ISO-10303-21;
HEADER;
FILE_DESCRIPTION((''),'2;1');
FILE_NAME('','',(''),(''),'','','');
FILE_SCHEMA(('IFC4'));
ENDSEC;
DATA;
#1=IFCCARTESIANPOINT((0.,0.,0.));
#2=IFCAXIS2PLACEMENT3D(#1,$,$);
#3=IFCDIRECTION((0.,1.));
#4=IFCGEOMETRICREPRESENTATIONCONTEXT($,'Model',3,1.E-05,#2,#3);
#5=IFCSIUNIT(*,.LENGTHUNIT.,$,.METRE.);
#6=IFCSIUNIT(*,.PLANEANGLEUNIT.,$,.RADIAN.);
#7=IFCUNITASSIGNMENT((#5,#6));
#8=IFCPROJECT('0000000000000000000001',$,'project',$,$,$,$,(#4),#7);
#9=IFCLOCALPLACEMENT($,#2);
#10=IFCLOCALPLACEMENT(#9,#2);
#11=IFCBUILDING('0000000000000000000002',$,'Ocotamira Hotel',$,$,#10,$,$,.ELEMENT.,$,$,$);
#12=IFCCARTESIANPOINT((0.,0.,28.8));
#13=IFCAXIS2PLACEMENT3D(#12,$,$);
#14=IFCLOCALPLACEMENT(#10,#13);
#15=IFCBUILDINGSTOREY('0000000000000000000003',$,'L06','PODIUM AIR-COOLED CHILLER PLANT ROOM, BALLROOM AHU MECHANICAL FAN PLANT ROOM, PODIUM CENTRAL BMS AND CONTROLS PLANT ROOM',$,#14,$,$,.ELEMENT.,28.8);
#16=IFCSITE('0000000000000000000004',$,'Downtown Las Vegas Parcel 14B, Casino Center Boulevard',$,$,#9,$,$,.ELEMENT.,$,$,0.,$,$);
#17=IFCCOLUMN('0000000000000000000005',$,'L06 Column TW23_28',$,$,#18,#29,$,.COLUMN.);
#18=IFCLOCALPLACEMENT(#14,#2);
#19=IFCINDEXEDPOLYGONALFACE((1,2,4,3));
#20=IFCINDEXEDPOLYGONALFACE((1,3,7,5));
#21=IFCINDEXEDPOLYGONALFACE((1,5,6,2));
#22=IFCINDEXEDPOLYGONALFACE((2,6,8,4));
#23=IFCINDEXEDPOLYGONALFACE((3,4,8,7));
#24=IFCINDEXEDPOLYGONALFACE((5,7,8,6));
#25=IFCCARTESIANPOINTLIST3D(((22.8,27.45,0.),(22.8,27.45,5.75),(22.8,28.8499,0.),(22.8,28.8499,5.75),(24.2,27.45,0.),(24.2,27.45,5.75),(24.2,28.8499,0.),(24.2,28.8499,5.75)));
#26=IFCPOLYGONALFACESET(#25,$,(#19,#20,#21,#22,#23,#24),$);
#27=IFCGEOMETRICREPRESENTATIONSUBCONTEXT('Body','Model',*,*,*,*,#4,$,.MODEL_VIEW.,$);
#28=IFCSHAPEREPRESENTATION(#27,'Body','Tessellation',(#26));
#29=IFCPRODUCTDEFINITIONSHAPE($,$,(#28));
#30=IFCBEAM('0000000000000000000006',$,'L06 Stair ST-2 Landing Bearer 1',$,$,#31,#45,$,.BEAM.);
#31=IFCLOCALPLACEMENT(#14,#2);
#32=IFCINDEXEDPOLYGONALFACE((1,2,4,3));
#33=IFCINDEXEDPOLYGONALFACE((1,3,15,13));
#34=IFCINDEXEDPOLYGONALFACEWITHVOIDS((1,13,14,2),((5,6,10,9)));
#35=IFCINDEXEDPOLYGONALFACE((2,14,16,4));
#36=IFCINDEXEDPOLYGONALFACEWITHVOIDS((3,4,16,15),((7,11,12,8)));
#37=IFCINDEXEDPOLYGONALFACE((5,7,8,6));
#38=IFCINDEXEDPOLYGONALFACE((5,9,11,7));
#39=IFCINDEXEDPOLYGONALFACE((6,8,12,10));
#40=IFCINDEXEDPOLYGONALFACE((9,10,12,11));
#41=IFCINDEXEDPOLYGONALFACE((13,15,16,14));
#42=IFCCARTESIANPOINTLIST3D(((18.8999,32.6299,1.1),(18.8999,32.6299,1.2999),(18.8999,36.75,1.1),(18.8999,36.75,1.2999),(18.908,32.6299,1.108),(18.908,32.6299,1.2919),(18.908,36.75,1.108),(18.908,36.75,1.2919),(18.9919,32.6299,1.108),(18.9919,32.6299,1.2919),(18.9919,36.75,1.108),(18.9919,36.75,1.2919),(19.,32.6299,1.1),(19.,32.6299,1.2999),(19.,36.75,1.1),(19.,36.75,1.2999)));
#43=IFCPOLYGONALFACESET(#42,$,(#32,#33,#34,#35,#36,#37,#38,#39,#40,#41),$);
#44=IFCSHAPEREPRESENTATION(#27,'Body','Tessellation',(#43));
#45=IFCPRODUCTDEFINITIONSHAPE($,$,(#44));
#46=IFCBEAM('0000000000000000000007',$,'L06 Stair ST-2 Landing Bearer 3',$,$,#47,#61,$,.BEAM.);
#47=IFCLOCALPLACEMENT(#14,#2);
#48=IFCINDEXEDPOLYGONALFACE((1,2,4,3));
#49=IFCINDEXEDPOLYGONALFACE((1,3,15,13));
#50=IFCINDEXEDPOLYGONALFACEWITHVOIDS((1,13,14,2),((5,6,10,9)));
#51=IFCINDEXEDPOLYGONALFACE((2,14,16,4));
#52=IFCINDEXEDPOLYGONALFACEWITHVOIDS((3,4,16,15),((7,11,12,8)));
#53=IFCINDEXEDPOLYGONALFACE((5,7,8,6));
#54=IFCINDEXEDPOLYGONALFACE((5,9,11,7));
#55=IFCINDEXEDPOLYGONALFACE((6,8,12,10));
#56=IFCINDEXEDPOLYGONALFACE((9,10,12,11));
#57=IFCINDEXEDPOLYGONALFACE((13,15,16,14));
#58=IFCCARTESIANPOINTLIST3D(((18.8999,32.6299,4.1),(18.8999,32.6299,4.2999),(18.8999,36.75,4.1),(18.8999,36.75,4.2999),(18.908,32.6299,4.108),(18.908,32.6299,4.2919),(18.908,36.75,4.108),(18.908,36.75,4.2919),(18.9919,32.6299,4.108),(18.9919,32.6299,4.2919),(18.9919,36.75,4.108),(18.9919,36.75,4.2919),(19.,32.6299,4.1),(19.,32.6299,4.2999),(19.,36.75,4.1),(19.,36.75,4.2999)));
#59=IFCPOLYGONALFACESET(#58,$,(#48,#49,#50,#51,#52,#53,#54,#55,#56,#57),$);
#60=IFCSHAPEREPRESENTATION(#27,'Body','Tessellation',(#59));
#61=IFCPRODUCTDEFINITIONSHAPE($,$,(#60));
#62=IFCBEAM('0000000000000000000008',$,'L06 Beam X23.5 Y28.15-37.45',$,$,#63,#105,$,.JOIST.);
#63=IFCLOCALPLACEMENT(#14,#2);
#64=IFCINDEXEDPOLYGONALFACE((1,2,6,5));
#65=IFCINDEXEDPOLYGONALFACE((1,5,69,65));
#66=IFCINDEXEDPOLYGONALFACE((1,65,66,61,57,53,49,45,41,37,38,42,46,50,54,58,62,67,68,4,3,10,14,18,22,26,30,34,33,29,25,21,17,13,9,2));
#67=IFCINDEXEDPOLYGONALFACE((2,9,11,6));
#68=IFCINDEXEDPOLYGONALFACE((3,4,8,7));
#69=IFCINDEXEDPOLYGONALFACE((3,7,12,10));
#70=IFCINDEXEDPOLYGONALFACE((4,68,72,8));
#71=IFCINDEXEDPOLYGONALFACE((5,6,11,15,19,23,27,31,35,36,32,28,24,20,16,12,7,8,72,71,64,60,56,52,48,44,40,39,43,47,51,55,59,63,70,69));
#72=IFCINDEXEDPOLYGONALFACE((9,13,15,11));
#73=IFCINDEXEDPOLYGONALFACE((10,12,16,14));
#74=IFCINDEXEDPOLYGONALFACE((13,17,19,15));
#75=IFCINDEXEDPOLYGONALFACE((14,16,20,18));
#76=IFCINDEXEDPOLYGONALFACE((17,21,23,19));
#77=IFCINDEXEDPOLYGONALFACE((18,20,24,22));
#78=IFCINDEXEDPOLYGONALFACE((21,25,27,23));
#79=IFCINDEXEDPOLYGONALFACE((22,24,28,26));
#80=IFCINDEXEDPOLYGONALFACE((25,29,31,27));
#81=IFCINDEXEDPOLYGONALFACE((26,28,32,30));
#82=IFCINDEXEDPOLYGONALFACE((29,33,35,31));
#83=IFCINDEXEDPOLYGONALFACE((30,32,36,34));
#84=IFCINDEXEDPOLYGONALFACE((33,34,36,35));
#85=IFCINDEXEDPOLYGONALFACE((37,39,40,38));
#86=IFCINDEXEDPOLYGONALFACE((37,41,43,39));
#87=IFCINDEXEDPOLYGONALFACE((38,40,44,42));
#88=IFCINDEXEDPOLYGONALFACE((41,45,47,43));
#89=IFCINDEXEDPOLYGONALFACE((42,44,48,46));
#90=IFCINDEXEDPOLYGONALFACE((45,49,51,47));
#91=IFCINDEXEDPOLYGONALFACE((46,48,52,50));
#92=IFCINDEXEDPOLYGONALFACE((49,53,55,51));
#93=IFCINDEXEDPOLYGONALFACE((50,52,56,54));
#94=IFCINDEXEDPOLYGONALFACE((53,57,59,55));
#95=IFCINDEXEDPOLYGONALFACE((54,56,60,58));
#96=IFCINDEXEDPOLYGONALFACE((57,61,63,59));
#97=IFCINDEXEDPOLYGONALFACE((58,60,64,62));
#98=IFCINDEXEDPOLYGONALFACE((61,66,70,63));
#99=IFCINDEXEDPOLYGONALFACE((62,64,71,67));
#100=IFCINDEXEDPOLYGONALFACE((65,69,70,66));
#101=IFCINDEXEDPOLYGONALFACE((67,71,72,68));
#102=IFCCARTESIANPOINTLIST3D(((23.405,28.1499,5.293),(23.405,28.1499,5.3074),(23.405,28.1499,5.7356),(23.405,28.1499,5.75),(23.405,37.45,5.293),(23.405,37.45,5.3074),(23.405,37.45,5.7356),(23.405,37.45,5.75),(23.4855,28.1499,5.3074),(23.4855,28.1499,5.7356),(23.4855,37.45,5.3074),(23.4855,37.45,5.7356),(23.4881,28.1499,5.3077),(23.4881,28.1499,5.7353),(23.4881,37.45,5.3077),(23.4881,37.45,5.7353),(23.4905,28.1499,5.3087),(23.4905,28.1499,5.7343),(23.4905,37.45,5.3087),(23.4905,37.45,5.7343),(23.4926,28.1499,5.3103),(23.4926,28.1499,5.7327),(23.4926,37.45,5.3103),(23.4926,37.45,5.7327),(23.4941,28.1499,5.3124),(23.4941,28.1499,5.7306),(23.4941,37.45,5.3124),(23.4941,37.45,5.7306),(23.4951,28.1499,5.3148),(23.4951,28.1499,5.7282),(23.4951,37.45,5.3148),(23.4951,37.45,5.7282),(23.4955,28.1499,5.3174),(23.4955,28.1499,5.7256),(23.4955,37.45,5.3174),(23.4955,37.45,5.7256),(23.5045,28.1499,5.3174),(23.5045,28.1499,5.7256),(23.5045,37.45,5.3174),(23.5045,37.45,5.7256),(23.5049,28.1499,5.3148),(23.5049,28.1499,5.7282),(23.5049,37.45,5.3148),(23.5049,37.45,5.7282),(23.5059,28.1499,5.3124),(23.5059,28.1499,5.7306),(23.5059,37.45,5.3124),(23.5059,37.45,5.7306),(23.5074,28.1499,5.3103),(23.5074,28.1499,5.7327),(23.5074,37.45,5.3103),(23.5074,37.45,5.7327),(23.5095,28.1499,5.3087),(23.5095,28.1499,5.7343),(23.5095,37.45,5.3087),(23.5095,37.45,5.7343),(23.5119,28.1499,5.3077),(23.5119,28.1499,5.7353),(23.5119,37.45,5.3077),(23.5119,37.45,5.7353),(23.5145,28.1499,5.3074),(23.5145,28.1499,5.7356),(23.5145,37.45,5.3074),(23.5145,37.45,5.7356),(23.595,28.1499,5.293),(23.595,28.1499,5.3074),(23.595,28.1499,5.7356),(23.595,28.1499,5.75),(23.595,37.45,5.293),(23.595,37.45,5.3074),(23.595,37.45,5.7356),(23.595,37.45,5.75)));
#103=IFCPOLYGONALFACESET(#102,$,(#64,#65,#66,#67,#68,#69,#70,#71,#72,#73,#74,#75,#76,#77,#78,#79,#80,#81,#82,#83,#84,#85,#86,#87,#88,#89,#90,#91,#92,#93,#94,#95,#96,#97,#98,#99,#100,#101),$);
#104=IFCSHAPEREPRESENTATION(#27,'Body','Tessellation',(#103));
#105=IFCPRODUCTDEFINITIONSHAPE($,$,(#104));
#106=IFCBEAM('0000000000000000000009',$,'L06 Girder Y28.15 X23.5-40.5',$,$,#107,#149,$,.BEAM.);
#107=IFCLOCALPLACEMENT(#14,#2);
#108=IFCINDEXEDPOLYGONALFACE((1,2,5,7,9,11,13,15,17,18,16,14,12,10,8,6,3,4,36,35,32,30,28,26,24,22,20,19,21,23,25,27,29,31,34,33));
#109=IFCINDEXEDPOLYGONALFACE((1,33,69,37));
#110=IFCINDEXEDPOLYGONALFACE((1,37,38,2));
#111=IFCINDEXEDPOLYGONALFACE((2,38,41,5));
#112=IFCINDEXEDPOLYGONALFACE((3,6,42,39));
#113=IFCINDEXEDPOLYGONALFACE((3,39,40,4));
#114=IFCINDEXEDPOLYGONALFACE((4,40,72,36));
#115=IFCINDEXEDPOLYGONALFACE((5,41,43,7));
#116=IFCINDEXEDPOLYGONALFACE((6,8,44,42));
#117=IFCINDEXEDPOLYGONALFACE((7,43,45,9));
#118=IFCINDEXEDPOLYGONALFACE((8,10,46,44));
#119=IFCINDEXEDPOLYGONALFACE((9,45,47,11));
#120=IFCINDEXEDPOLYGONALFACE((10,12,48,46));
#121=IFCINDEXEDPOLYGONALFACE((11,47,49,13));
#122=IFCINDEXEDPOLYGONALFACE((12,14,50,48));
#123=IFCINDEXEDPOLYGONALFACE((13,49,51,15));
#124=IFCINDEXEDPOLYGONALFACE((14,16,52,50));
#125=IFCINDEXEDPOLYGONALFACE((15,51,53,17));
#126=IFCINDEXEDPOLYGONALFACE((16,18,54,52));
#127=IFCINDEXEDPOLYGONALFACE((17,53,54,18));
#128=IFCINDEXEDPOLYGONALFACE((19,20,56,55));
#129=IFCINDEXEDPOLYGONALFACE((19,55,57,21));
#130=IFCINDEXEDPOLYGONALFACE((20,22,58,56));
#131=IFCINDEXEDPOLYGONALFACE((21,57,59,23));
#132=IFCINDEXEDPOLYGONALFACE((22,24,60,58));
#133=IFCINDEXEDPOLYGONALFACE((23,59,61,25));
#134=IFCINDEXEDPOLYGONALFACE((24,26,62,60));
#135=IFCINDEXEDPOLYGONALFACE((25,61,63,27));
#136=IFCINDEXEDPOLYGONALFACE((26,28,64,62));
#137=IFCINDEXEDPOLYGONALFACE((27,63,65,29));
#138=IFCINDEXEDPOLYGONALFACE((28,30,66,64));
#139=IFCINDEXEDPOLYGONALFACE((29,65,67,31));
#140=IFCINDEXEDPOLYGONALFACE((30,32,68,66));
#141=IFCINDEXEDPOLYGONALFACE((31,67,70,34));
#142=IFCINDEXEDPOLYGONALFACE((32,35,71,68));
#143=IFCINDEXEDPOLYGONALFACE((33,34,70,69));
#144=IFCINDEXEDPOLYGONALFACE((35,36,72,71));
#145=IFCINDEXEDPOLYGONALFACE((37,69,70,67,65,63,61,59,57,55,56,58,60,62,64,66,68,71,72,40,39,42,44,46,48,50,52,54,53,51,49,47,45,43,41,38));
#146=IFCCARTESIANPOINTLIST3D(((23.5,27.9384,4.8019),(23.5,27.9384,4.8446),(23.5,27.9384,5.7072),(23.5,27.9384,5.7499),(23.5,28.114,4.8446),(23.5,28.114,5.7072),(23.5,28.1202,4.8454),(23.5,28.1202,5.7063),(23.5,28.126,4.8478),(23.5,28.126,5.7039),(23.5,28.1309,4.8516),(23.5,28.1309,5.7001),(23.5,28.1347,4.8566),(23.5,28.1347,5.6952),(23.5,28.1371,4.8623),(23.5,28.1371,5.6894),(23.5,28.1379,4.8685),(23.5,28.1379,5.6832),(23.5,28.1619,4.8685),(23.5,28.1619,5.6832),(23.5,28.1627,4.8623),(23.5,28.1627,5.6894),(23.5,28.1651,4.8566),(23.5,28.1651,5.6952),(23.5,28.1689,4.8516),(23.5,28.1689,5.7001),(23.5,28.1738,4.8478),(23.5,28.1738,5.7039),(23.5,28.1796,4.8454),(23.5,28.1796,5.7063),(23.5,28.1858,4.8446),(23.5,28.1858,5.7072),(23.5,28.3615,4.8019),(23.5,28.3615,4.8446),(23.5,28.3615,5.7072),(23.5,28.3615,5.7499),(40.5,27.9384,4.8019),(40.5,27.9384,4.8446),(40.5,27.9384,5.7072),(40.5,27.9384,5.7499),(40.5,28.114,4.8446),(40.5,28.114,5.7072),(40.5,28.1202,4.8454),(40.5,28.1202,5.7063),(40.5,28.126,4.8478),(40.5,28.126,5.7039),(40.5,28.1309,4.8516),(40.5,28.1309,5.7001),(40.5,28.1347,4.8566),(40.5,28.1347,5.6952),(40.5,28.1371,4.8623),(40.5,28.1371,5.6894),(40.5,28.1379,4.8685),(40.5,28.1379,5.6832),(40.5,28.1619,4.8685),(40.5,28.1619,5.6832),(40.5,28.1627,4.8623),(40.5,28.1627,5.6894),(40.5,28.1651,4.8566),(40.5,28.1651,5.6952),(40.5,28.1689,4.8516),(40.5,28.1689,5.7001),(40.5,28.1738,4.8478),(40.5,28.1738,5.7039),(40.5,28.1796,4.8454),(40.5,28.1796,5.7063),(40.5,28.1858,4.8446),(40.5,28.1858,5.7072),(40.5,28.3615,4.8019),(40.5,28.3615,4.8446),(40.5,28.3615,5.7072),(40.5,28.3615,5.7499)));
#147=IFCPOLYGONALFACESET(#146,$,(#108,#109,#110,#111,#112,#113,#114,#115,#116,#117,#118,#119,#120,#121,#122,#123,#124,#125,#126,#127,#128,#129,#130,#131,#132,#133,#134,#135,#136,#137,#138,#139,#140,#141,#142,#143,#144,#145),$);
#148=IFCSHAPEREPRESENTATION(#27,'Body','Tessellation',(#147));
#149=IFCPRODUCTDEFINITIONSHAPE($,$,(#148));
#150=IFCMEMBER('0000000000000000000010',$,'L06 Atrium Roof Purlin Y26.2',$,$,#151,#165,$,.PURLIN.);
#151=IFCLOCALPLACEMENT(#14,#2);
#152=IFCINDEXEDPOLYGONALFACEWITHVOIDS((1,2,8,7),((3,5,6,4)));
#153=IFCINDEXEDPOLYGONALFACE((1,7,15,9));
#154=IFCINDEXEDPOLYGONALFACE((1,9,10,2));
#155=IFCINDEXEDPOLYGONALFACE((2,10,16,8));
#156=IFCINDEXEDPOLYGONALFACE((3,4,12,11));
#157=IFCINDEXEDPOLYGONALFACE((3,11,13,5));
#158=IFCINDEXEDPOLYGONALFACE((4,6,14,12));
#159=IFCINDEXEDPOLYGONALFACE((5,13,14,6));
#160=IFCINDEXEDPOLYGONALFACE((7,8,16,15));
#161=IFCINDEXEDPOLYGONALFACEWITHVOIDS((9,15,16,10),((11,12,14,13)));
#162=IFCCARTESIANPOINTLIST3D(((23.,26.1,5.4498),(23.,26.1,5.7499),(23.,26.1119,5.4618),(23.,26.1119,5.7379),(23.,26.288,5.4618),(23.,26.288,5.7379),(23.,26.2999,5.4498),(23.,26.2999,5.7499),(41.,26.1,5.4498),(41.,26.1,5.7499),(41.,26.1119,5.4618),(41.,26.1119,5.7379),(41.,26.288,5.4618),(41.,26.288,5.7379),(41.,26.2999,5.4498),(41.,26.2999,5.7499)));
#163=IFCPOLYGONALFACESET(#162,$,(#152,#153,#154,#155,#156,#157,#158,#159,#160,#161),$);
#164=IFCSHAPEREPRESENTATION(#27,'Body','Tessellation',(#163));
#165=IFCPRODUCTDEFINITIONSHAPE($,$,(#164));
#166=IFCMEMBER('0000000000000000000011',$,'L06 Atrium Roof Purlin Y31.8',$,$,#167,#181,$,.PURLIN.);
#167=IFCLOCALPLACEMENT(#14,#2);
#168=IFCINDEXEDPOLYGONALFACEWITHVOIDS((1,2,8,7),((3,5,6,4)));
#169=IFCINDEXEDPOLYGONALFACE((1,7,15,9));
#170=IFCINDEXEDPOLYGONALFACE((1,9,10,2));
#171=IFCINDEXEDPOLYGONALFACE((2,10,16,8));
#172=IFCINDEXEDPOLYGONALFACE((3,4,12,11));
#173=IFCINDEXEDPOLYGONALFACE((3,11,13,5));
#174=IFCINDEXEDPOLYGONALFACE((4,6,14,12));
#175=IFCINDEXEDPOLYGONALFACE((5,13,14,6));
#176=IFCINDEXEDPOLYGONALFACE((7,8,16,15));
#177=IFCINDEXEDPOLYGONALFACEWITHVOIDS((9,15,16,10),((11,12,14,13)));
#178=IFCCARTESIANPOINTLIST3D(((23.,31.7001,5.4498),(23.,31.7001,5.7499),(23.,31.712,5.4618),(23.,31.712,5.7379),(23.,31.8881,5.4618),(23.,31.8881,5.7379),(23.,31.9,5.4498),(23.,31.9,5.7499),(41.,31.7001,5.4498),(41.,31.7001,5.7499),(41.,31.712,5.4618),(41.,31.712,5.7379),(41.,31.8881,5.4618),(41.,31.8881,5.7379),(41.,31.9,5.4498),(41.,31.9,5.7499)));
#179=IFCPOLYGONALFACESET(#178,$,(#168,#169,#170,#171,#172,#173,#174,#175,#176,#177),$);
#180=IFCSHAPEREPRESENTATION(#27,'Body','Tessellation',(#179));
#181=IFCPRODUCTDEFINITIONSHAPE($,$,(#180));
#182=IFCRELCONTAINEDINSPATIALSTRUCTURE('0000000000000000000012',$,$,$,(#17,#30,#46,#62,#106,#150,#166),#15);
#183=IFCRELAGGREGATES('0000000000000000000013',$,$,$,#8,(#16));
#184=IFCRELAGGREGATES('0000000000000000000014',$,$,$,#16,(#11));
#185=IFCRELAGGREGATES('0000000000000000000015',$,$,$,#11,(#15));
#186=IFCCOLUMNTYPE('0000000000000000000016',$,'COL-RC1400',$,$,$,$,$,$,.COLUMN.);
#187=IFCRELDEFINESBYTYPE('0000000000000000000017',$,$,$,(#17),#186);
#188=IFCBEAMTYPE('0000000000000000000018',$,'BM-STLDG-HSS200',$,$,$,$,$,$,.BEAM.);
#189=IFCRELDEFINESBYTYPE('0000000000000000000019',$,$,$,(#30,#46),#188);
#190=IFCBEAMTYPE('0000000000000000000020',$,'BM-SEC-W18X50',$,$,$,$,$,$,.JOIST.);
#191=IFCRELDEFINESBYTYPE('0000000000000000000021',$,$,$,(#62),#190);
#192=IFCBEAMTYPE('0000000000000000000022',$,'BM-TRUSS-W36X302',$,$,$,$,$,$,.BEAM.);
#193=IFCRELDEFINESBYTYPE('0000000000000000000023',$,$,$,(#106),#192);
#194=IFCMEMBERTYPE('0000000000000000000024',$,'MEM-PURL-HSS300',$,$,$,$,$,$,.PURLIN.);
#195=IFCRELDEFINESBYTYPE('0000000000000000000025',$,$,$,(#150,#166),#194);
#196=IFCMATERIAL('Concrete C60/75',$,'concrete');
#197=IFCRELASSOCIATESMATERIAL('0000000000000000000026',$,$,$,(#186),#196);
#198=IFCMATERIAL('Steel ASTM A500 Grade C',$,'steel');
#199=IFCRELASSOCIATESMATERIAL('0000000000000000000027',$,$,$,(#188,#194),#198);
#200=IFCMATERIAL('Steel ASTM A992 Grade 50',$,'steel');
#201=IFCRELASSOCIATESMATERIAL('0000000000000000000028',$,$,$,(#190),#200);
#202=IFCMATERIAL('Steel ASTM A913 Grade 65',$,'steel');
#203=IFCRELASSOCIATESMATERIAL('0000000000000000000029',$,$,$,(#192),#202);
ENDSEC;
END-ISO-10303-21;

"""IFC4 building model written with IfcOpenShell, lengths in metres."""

from ifc_helpers import new_model, si_unit, direction, frame, origin, origin_2d, place, context, subcontext, project, spatial, rectangle, hollow_rectangle, i_section, extrude, source, transform, mapped, material, material_profile, profile_set, type_object, element, save


model = new_model("IFC4")

# Units and contexts
model_context = context("Model", 3, precision=1e-05, world=origin(), true_north=direction((0.0, 1.0)))
body_context = subcontext(model_context, "Body", "Model", "MODEL_VIEW")
ifc_project = project(units=[si_unit("LENGTHUNIT", "METRE"), si_unit("PLANEANGLEUNIT", "RADIAN")], contexts=[model_context])

# Site, building, storey
site_placement = place(None, origin())
site = spatial("IfcSite", under=ifc_project, at=site_placement, Name="Downtown Las Vegas Parcel 14B, Casino Center Boulevard", CompositionType="ELEMENT", RefElevation=0.0)
building_placement = place(site_placement, origin())
building = spatial("IfcBuilding", under=site, at=building_placement, Name="Ocotamira Hotel", CompositionType="ELEMENT")
storey_placement = place(building_placement, frame((0.0, 0.0, 28.8)))
storey = spatial("IfcBuildingStorey", under=building, at=storey_placement, Name="L06", Description="PODIUM AIR-COOLED CHILLER PLANT ROOM, BALLROOM AHU MECHANICAL FAN PLANT ROOM, PODIUM CENTRAL BMS AND CONTROLS PLANT ROOM", CompositionType="ELEMENT", Elevation=28.8)

# Column
ifc_material_1 = material(Name="Concrete C60/75", Category="concrete")
ifc_material_profile_1 = material_profile(ifc_material_1, rectangle(XDim=1.3999, YDim=1.3999, at=origin_2d()), Name="RC1400X1400")
ifc_profile_set_1 = profile_set([ifc_material_profile_1], Name="Concrete C60/75")
column_type = type_object("IfcColumnType", Name="COL-RC1400", PredefinedType="COLUMN", material=ifc_profile_set_1)
shared_shape_1 = source(origin(), body_context, "Body", "SweptSolid", [
    extrude(rectangle(XDim=1.3999, YDim=1.3999, at=origin_2d()), origin(), (0.0, 0.0, 1.0), 5.75),
])
column_placement = place(storey_placement, frame((23.5, 28.1499, 0.0), z_axis=(0.0, 0.0, 1.0), x_axis=(1.0, 0.0, 0.0)))
element("IfcColumn", 1, at=column_placement, inside=storey, type_object=column_type, Name="L06 Column TW23_28", PredefinedType="COLUMN", context=body_context, shape_type="MappedRepresentation", body=[
    mapped(shared_shape_1, transform((0.0, 0.0, 0.0), scale=1.0)),
])

# Beams
ifc_material_2 = material(Name="Steel ASTM A500 Grade C", Category="steel")
ifc_material_profile_2 = material_profile(ifc_material_2, hollow_rectangle(XDim=0.1001, YDim=0.2, WallThickness=0.0081, at=origin_2d()), Name="HSS200X100X8")
ifc_profile_set_2 = profile_set([ifc_material_profile_2], Name="Steel ASTM A500 Grade C")
beam_type_1 = type_object("IfcBeamType", Name="BM-STLDG-HSS200", PredefinedType="BEAM", material=ifc_profile_set_2)
shared_shape_2 = source(origin(), body_context, "Body", "SweptSolid", [
    extrude(hollow_rectangle(XDim=0.1001, YDim=0.2, WallThickness=0.0081, at=origin_2d()), origin(), (0.0, 0.0, 1.0), 4.1201),
])
for number, where, z_axis, x_axis, name in (
    (2, (18.95, 32.6299, 1.2), (0.0, 1.0, 0.0), (-1.0, 0.0, 0.0), "L06 Stair ST-2 Landing Bearer 1"),
    (3, (18.95, 32.6299, 4.2), (0.0, 1.0, 0.0), (-1.0, 0.0, 0.0), "L06 Stair ST-2 Landing Bearer 3"),
):
    element("IfcBeam", number, at=place(storey_placement, frame(where, z_axis=z_axis, x_axis=x_axis)), inside=storey, type_object=beam_type_1, Name=name, PredefinedType="BEAM", context=body_context, shape_type="MappedRepresentation", body=[
        mapped(shared_shape_2, transform((0.0, 0.0, 0.0), scale=1.0)),
    ])
ifc_material_3 = material(Name="Steel ASTM A992 Grade 50", Category="steel")
ifc_material_profile_3 = material_profile(ifc_material_3, i_section(OverallWidth=0.1899, OverallDepth=0.457, WebThickness=0.009, FlangeThickness=0.0144, FilletRadius=0.01, at=origin_2d()), Name="W18X50")
ifc_profile_set_3 = profile_set([ifc_material_profile_3], Name="Steel ASTM A992 Grade 50")
beam_type_2 = type_object("IfcBeamType", Name="BM-SEC-W18X50", PredefinedType="JOIST", material=ifc_profile_set_3)
shared_shape_3 = source(origin(), body_context, "Body", "SweptSolid", [
    extrude(i_section(OverallWidth=0.1899, OverallDepth=0.457, WebThickness=0.009, FlangeThickness=0.0144, FilletRadius=0.01, at=origin_2d()), origin(), (0.0, 0.0, 1.0), 9.3),
])
beam_1_placement = place(storey_placement, frame((23.5, 28.1499, 5.5215), z_axis=(0.0, 1.0, 0.0), x_axis=(-1.0, 0.0, 0.0)))
element("IfcBeam", 4, at=beam_1_placement, inside=storey, type_object=beam_type_2, Name="L06 Beam X23.5 Y28.15-37.45", PredefinedType="JOIST", context=body_context, shape_type="MappedRepresentation", body=[
    mapped(shared_shape_3, transform((0.0, 0.0, 0.0), scale=1.0)),
])
ifc_material_4 = material(Name="Steel ASTM A913 Grade 65", Category="steel")
ifc_material_profile_4 = material_profile(ifc_material_4, i_section(OverallWidth=0.4231, OverallDepth=0.948, WebThickness=0.0239, FlangeThickness=0.0427, FilletRadius=0.0239, at=origin_2d()), Name="W36X302")
ifc_profile_set_4 = profile_set([ifc_material_profile_4], Name="Steel ASTM A913 Grade 65")
beam_type_3 = type_object("IfcBeamType", Name="BM-TRUSS-W36X302", PredefinedType="BEAM", material=ifc_profile_set_4)
shared_shape_4 = source(origin(), body_context, "Body", "SweptSolid", [
    extrude(i_section(OverallWidth=0.4231, OverallDepth=0.948, WebThickness=0.0239, FlangeThickness=0.0427, FilletRadius=0.0239, at=origin_2d()), origin(), (0.0, 0.0, 1.0), 17.0),
])
beam_2_placement = place(storey_placement, frame((23.5, 28.1499, 5.2759), z_axis=(1.0, 0.0, 0.0), x_axis=(0.0, 1.0, 0.0)))
element("IfcBeam", 5, at=beam_2_placement, inside=storey, type_object=beam_type_3, Name="L06 Girder Y28.15 X23.5-40.5", PredefinedType="BEAM", context=body_context, shape_type="MappedRepresentation", body=[
    mapped(shared_shape_4, transform((0.0, 0.0, 0.0), scale=1.0)),
])

# Members
ifc_material_profile_5 = material_profile(ifc_material_2, hollow_rectangle(XDim=0.2, YDim=0.3, WallThickness=0.012, at=origin_2d()), Name="HSS300X200X12")
ifc_profile_set_5 = profile_set([ifc_material_profile_5], Name="Steel ASTM A500 Grade C")
member_type = type_object("IfcMemberType", Name="MEM-PURL-HSS300", PredefinedType="PURLIN", material=ifc_profile_set_5)
shared_shape_5 = source(origin(), body_context, "Body", "SweptSolid", [
    extrude(hollow_rectangle(XDim=0.2, YDim=0.3, WallThickness=0.012, at=origin_2d()), origin(), (0.0, 0.0, 1.0), 18.0),
])
for number, where, z_axis, x_axis, name in (
    (6, (23.0, 26.2, 5.5999), (1.0, 0.0, 0.0), (0.0, 1.0, 0.0), "L06 Atrium Roof Purlin Y26.2"),
    (7, (23.0, 31.8, 5.5999), (1.0, 0.0, 0.0), (0.0, 1.0, 0.0), "L06 Atrium Roof Purlin Y31.8"),
):
    element("IfcMember", number, at=place(storey_placement, frame(where, z_axis=z_axis, x_axis=x_axis)), inside=storey, type_object=member_type, Name=name, PredefinedType="PURLIN", context=body_context, shape_type="MappedRepresentation", body=[
        mapped(shared_shape_5, transform((0.0, 0.0, 0.0), scale=1.0)),
    ])

save(model, "model.ifc")
